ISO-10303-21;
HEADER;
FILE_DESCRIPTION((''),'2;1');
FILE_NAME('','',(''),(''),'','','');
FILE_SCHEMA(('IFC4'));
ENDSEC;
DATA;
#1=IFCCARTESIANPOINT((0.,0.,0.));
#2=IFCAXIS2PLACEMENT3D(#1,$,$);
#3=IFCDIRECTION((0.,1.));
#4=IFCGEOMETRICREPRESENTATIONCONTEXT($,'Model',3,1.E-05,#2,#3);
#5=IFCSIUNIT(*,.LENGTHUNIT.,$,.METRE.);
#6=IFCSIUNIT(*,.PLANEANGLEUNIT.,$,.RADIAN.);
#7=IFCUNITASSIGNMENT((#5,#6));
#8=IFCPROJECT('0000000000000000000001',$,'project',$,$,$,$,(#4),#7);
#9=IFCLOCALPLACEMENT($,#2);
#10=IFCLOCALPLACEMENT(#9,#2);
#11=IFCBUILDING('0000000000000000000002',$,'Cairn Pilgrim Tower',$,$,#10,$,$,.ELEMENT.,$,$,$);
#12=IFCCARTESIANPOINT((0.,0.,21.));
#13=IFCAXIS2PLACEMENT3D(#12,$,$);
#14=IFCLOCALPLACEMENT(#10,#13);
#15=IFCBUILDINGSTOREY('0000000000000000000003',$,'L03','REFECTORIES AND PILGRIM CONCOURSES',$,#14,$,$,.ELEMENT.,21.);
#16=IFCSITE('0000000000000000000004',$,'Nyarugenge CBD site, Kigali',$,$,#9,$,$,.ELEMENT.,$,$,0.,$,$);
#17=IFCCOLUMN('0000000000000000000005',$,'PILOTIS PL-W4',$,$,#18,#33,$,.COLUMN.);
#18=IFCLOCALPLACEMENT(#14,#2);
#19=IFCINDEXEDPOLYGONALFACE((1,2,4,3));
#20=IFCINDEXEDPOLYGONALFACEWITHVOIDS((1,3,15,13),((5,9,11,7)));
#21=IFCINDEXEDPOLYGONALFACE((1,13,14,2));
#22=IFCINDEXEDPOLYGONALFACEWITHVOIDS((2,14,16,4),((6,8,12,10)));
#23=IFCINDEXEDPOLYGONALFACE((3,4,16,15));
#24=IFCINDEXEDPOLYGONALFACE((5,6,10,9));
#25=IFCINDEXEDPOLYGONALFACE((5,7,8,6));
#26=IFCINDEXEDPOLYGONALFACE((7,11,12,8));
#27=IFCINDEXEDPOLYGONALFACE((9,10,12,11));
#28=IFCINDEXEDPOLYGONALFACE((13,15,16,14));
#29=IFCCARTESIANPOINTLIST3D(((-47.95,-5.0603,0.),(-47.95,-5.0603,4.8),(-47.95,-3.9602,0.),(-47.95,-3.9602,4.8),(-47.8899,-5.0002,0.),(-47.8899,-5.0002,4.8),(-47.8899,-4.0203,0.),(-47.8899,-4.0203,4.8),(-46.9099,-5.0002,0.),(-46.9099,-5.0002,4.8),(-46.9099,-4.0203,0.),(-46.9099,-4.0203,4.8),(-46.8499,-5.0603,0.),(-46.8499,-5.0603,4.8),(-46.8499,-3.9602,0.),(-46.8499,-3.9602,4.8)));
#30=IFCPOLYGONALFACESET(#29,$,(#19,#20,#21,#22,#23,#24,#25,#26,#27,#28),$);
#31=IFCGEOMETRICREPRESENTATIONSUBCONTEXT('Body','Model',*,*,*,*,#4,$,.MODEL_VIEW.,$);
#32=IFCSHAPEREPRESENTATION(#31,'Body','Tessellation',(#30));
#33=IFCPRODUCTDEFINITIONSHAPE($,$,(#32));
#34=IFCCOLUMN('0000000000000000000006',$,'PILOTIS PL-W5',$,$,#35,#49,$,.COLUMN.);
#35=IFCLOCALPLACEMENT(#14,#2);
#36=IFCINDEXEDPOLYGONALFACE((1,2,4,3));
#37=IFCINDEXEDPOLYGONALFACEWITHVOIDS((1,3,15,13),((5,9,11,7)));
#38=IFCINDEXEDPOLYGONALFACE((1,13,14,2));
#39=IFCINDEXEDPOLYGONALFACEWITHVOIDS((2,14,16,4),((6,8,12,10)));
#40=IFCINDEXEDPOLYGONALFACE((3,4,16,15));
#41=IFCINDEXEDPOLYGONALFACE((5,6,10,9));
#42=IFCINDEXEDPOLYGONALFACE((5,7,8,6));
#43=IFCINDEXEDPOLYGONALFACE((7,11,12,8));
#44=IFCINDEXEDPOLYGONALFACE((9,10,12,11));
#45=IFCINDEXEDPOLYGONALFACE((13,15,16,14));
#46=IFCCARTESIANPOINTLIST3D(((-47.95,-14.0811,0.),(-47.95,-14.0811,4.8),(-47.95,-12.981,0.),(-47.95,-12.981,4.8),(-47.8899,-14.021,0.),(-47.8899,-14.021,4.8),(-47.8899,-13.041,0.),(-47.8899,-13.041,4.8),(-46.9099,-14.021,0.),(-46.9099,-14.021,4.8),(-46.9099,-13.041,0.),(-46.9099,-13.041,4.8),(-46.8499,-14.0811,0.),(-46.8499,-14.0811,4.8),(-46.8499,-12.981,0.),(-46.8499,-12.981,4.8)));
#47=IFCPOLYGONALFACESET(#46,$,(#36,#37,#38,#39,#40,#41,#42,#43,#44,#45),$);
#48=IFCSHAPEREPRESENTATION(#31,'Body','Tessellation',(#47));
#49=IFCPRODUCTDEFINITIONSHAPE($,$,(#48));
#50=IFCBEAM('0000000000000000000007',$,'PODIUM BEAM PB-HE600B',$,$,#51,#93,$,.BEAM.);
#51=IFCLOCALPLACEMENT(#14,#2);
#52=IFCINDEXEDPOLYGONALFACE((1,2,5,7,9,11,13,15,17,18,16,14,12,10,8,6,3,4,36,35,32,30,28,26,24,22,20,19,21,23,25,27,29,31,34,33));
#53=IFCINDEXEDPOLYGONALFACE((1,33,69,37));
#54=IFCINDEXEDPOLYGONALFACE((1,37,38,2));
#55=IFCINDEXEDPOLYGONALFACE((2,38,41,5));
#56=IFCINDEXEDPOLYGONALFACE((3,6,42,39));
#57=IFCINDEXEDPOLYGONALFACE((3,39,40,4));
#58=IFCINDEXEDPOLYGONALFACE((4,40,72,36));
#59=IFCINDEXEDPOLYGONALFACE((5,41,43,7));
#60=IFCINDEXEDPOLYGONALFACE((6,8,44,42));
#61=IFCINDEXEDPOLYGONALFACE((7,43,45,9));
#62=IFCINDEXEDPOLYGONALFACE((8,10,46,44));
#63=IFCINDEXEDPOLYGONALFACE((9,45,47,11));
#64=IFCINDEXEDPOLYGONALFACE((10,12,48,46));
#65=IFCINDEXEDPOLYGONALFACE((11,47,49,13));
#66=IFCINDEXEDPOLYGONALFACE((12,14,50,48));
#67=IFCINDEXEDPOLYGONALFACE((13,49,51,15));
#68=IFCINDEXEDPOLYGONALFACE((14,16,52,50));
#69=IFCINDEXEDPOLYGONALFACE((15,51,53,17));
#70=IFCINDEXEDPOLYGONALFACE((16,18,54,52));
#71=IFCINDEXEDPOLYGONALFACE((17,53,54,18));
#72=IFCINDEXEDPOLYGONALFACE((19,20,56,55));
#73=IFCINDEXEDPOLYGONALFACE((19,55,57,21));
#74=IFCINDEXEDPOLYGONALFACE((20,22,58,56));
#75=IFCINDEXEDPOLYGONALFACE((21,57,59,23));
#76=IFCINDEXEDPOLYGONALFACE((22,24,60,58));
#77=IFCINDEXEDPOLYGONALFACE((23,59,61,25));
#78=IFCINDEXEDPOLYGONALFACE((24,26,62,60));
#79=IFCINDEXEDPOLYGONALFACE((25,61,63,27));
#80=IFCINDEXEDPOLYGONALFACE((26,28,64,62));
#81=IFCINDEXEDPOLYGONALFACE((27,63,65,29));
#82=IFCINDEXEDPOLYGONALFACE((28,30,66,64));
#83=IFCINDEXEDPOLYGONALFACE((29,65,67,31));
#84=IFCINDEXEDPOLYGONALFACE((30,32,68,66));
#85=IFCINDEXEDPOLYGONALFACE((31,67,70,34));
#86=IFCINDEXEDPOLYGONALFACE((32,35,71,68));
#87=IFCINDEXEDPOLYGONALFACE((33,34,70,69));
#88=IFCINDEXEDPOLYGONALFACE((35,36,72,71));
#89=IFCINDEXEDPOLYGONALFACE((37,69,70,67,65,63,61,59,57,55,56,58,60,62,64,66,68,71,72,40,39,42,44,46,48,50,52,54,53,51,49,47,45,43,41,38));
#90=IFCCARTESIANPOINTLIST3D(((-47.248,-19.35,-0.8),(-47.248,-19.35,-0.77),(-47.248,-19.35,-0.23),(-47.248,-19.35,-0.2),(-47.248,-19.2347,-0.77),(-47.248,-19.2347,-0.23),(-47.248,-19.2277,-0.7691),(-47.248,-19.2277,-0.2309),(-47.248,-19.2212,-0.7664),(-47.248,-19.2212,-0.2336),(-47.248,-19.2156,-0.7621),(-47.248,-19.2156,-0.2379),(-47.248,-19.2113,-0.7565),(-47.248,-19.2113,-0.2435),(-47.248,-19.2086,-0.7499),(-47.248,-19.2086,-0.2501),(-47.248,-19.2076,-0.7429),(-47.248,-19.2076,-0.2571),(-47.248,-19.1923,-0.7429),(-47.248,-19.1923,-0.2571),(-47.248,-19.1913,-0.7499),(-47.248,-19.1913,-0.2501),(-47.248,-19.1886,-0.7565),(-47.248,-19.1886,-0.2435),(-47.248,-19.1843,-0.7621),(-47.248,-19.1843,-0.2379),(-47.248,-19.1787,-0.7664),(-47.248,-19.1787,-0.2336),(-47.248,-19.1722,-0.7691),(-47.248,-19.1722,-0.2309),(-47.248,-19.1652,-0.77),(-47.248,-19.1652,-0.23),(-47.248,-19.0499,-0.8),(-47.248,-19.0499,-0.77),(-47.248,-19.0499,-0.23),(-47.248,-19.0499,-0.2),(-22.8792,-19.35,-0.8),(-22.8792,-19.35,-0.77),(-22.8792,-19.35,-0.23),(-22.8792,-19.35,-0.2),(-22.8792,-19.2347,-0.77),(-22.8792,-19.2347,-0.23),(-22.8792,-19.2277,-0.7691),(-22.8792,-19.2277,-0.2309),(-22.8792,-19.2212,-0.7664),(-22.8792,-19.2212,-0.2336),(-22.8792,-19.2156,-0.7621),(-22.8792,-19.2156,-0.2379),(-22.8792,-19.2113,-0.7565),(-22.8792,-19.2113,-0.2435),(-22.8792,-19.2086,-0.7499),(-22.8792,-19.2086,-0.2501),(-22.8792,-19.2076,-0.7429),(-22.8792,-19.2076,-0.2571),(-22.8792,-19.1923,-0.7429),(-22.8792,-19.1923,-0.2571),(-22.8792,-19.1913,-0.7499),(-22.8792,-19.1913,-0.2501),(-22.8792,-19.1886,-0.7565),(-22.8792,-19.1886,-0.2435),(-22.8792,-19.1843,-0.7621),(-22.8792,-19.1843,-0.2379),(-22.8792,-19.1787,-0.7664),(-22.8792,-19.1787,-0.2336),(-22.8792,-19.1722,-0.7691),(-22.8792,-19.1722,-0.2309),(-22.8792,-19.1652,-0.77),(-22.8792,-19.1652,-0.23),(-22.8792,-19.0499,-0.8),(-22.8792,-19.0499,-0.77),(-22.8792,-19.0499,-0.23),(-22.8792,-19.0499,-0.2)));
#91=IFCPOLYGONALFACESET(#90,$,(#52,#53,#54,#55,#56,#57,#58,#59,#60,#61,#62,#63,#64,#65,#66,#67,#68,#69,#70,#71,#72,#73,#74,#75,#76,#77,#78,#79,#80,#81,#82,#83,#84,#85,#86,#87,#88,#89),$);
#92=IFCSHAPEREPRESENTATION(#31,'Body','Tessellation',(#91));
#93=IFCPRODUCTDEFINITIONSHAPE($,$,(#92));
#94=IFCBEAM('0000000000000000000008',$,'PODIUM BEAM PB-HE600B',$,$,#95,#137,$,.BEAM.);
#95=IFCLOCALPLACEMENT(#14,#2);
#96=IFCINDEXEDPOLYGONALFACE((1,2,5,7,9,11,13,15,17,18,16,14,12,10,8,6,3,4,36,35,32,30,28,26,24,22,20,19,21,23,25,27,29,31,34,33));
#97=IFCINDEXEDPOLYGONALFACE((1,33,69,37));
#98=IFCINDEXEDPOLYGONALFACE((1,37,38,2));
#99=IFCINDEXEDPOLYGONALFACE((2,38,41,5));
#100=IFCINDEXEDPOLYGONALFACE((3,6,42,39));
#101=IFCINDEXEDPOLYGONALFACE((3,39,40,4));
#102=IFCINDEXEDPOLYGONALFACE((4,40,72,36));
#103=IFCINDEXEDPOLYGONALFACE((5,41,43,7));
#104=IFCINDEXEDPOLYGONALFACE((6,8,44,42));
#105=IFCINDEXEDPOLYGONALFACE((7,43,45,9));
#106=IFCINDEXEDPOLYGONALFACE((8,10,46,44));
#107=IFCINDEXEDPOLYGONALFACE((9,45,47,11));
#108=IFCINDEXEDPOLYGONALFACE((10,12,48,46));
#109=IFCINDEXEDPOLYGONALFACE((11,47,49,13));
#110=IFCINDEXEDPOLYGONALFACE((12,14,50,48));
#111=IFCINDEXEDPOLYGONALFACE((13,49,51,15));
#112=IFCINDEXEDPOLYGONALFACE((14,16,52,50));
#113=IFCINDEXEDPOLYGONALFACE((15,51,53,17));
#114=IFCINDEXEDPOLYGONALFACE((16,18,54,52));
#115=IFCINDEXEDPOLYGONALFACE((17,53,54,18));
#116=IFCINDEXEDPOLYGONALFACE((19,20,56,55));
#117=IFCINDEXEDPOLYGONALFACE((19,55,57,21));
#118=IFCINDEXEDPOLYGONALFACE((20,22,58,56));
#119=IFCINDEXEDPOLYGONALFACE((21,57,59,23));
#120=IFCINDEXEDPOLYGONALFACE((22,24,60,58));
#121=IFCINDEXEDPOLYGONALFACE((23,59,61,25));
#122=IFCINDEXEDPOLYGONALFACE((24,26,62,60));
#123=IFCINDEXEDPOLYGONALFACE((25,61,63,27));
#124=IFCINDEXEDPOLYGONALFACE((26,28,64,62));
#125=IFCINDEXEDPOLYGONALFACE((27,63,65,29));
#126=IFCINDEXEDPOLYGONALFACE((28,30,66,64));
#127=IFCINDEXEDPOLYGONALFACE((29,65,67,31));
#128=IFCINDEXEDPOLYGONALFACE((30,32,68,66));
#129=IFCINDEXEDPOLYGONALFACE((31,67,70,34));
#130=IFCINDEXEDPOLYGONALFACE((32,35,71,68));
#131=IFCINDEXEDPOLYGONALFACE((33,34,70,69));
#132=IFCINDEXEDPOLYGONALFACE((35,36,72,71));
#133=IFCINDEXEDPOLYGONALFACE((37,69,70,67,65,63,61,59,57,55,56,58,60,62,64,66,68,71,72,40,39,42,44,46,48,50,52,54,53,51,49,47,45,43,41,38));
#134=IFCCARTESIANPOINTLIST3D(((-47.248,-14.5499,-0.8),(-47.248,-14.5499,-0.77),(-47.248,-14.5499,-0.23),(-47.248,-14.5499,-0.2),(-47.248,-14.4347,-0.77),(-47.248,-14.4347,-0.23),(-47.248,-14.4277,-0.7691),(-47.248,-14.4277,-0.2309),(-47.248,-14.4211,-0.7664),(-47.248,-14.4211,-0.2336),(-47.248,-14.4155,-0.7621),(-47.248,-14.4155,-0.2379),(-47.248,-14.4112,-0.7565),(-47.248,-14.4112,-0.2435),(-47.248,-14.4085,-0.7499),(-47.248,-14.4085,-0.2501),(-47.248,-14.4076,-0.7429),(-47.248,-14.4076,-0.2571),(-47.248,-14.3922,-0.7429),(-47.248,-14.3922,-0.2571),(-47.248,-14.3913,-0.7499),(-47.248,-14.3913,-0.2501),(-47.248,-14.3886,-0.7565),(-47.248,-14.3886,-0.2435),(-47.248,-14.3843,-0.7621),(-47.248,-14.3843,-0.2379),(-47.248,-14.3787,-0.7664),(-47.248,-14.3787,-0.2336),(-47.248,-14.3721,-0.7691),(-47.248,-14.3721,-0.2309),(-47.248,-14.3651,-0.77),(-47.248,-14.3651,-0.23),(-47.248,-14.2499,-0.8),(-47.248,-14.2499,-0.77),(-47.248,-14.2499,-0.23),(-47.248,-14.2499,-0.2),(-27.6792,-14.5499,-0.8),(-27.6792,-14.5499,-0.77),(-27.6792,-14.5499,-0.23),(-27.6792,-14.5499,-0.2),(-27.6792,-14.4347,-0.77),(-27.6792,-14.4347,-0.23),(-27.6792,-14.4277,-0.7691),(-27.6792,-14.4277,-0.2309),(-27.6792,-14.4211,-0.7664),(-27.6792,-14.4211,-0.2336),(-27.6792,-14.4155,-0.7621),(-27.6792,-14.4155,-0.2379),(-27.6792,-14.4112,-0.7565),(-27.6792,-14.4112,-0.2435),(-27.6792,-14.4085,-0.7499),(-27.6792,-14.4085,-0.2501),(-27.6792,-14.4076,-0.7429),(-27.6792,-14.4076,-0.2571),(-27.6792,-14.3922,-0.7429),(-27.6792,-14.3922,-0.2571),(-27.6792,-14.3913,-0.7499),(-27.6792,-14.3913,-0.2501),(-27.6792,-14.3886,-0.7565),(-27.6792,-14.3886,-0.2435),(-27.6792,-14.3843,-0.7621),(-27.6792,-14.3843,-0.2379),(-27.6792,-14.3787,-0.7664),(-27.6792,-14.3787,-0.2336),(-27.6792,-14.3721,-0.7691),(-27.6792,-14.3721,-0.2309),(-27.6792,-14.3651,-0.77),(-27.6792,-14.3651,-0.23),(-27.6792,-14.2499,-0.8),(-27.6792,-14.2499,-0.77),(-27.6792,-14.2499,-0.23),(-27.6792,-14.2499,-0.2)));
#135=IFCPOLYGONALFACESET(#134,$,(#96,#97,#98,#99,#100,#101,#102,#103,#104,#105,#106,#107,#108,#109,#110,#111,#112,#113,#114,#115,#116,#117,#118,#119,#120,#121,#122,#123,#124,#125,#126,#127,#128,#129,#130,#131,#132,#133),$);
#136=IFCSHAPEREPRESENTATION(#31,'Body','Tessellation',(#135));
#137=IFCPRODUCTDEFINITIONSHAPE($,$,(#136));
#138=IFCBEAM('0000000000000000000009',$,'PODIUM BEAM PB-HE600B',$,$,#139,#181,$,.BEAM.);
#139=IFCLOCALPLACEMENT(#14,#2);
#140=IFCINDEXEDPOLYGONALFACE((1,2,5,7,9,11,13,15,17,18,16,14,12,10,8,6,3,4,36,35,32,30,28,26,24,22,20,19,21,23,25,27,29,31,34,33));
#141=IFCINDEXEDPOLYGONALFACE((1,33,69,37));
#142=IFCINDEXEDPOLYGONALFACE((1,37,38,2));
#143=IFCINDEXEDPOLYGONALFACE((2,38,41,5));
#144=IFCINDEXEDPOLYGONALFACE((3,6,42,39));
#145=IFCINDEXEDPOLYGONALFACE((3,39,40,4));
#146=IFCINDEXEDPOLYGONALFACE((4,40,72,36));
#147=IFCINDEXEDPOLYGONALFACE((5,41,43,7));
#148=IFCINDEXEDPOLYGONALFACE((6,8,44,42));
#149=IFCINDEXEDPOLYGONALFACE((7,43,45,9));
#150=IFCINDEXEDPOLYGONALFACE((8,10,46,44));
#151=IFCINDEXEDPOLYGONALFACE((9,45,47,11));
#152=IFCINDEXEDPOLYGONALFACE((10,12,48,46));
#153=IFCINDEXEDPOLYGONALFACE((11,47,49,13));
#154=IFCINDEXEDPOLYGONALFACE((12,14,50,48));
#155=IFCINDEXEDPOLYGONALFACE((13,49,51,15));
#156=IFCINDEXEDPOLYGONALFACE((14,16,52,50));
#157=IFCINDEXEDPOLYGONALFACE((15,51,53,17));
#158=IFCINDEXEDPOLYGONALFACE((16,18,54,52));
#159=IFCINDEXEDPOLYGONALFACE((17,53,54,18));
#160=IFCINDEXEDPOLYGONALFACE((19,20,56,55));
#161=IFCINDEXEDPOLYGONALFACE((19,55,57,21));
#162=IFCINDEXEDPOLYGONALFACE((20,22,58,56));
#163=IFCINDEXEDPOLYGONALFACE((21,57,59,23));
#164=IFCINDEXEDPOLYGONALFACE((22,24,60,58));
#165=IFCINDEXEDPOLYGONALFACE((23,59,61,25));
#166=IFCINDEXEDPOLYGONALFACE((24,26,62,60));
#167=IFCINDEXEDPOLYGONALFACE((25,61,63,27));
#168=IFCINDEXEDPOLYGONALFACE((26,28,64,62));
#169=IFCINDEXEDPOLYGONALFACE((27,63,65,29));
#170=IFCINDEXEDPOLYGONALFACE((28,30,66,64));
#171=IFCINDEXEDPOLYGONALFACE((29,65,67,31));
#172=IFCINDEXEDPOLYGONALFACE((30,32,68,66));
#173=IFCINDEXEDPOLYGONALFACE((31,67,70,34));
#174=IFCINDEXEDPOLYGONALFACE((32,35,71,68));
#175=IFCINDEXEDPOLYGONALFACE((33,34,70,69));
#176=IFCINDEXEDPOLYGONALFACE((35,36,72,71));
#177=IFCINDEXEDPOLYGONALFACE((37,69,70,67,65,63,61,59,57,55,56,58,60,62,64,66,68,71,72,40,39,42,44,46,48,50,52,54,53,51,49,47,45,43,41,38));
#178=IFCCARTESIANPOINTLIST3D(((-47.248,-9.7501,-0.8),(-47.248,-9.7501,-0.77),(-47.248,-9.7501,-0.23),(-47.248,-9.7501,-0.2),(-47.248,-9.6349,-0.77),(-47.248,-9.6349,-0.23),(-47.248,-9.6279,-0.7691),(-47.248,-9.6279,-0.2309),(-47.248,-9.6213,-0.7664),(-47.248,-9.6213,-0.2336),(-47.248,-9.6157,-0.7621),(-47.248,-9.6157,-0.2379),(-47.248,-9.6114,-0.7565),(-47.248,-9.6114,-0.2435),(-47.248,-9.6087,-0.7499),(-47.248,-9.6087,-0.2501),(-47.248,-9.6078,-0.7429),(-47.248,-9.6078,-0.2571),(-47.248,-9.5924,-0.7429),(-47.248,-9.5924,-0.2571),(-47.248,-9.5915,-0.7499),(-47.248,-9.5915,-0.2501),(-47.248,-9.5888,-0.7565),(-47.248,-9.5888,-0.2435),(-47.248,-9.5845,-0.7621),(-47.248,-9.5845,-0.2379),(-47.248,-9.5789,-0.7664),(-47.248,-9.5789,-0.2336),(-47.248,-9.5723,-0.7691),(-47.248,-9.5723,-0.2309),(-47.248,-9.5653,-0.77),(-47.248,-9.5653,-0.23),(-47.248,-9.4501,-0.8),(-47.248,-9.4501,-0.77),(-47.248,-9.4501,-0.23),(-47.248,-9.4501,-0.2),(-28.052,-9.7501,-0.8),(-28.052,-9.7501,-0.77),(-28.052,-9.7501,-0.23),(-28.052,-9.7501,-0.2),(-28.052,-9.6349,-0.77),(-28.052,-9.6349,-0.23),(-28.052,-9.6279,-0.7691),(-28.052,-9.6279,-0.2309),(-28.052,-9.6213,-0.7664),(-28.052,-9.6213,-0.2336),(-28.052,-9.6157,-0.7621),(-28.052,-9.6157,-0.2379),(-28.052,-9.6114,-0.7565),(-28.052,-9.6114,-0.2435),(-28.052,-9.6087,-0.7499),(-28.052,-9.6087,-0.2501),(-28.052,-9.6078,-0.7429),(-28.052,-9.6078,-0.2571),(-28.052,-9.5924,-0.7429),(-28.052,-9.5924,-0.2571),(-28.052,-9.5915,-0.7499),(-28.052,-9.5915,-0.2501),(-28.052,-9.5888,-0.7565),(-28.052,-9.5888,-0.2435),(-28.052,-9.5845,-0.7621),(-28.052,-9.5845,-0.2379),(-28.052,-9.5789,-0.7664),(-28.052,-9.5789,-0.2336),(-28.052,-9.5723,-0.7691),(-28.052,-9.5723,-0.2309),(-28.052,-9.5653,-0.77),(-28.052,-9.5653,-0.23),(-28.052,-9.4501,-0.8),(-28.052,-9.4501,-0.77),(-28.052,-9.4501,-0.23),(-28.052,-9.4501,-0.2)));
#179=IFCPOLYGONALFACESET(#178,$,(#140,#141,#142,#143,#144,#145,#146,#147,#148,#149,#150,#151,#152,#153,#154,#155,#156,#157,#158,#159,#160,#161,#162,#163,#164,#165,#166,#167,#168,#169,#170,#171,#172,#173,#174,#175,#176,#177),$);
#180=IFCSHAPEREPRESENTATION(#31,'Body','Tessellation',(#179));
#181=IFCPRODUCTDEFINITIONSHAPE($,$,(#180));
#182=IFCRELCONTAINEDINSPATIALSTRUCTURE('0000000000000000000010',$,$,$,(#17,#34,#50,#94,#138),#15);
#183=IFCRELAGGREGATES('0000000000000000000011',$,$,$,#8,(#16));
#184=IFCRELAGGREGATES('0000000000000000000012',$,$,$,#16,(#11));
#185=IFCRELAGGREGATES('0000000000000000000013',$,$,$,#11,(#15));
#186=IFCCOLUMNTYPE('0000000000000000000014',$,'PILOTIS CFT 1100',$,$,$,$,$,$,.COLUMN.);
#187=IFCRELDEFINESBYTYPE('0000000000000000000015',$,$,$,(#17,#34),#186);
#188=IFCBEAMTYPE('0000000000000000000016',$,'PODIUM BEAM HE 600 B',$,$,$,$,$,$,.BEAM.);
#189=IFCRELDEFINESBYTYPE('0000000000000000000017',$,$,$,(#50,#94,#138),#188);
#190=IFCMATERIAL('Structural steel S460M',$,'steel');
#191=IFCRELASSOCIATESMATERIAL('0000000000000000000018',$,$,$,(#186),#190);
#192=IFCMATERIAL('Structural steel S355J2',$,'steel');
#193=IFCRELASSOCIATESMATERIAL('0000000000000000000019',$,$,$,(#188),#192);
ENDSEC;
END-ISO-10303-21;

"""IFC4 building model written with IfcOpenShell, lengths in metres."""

from ifc_helpers import new_model, si_unit, direction, frame, origin, origin_2d, place, context, subcontext, project, spatial, hollow_rectangle, i_section, extrude, material, material_profile, profile_set, type_object, element, save


model = new_model("IFC4")

# Units and contexts
model_context = context("Model", 3, precision=1e-05, world=origin(), true_north=direction((0.0, 1.0)))
body_context = subcontext(model_context, "Body", "Model", "MODEL_VIEW")
ifc_project = project(units=[si_unit("LENGTHUNIT", "METRE"), si_unit("PLANEANGLEUNIT", "RADIAN")], contexts=[model_context])

# Site, building, storey
site_placement = place(None, origin())
site = spatial("IfcSite", under=ifc_project, at=site_placement, Name="Nyarugenge CBD site, Kigali", CompositionType="ELEMENT", RefElevation=0.0)
building_placement = place(site_placement, origin())
building = spatial("IfcBuilding", under=site, at=building_placement, Name="Cairn Pilgrim Tower", CompositionType="ELEMENT")
storey_placement = place(building_placement, frame((0.0, 0.0, 21.0)))
storey = spatial("IfcBuildingStorey", under=building, at=storey_placement, Name="L03", Description="REFECTORIES AND PILGRIM CONCOURSES", CompositionType="ELEMENT", Elevation=21.0)

# Columns
ifc_material_1 = material(Name="Structural steel S460M", Category="steel")
ifc_material_profile_1 = material_profile(ifc_material_1, hollow_rectangle(XDim=1.1001, YDim=1.1001, WallThickness=0.0601, at=origin_2d()), Name="BOX 1100x1100x60")
ifc_profile_set_1 = profile_set([ifc_material_profile_1], Name="Structural steel S460M")
column_type = type_object("IfcColumnType", Name="PILOTIS CFT 1100", PredefinedType="COLUMN", material=ifc_profile_set_1)
for number, where, z_axis, x_axis, name in (
    (1, (-47.3999, -4.5103, 0.0), (0.0, 0.0, 1.0), (1.0, 0.0, 0.0), "PILOTIS PL-W4"),
    (2, (-47.3999, -13.531, 0.0), (0.0, 0.0, 1.0), (1.0, 0.0, 0.0), "PILOTIS PL-W5"),
):
    element("IfcColumn", number, at=place(storey_placement, frame(where, z_axis=z_axis, x_axis=x_axis)), inside=storey, type_object=column_type, Name=name, PredefinedType="COLUMN", context=body_context, shape_type="SweptSolid", body=[
        extrude(hollow_rectangle(XDim=1.1001, YDim=1.1001, WallThickness=0.0601, at=origin_2d()), origin(), (0.0, 0.0, 1.0), 4.8),
    ])

# Beams
ifc_material_2 = material(Name="Structural steel S355J2", Category="steel")
ifc_material_profile_2 = material_profile(ifc_material_2, i_section(OverallWidth=0.3, OverallDepth=0.6001, WebThickness=0.0154, FlangeThickness=0.03, FilletRadius=0.0271, at=origin_2d()), Name="HEB 600")
ifc_profile_set_2 = profile_set([ifc_material_profile_2], Name="Structural steel S355J2")
beam_type_1 = type_object("IfcBeamType", Name="PODIUM BEAM HE 600 B", PredefinedType="BEAM", material=ifc_profile_set_2)
beam_1_placement = place(storey_placement, frame((-47.248, -19.2, -0.5), z_axis=(1.0, 0.0, 0.0), x_axis=(0.0, 1.0, 0.0)))
element("IfcBeam", 3, at=beam_1_placement, inside=storey, type_object=beam_type_1, Name="PODIUM BEAM PB-HE600B", PredefinedType="BEAM", context=body_context, shape_type="SweptSolid", body=[
    extrude(i_section(OverallWidth=0.3, OverallDepth=0.6001, WebThickness=0.0154, FlangeThickness=0.03, FilletRadius=0.0271, at=origin_2d()), origin(), (0.0, 0.0, 1.0), 24.3689),
])
beam_2_placement = place(storey_placement, frame((-47.248, -14.3999, -0.5), z_axis=(1.0, 0.0, 0.0), x_axis=(0.0, 1.0, 0.0)))
element("IfcBeam", 4, at=beam_2_placement, inside=storey, type_object=beam_type_1, Name="PODIUM BEAM PB-HE600B", PredefinedType="BEAM", context=body_context, shape_type="SweptSolid", body=[
    extrude(i_section(OverallWidth=0.3, OverallDepth=0.6001, WebThickness=0.0154, FlangeThickness=0.03, FilletRadius=0.0271, at=origin_2d()), origin(), (0.0, 0.0, 1.0), 19.5688),
])
beam_3_placement = place(storey_placement, frame((-47.248, -9.6001, -0.5), z_axis=(1.0, 0.0, 0.0), x_axis=(0.0, 1.0, 0.0)))
element("IfcBeam", 5, at=beam_3_placement, inside=storey, type_object=beam_type_1, Name="PODIUM BEAM PB-HE600B", PredefinedType="BEAM", context=body_context, shape_type="SweptSolid", body=[
    extrude(i_section(OverallWidth=0.3, OverallDepth=0.6001, WebThickness=0.0154, FlangeThickness=0.03, FilletRadius=0.0271, at=origin_2d()), origin(), (0.0, 0.0, 1.0), 19.196),
])

save(model, "model.ifc")
